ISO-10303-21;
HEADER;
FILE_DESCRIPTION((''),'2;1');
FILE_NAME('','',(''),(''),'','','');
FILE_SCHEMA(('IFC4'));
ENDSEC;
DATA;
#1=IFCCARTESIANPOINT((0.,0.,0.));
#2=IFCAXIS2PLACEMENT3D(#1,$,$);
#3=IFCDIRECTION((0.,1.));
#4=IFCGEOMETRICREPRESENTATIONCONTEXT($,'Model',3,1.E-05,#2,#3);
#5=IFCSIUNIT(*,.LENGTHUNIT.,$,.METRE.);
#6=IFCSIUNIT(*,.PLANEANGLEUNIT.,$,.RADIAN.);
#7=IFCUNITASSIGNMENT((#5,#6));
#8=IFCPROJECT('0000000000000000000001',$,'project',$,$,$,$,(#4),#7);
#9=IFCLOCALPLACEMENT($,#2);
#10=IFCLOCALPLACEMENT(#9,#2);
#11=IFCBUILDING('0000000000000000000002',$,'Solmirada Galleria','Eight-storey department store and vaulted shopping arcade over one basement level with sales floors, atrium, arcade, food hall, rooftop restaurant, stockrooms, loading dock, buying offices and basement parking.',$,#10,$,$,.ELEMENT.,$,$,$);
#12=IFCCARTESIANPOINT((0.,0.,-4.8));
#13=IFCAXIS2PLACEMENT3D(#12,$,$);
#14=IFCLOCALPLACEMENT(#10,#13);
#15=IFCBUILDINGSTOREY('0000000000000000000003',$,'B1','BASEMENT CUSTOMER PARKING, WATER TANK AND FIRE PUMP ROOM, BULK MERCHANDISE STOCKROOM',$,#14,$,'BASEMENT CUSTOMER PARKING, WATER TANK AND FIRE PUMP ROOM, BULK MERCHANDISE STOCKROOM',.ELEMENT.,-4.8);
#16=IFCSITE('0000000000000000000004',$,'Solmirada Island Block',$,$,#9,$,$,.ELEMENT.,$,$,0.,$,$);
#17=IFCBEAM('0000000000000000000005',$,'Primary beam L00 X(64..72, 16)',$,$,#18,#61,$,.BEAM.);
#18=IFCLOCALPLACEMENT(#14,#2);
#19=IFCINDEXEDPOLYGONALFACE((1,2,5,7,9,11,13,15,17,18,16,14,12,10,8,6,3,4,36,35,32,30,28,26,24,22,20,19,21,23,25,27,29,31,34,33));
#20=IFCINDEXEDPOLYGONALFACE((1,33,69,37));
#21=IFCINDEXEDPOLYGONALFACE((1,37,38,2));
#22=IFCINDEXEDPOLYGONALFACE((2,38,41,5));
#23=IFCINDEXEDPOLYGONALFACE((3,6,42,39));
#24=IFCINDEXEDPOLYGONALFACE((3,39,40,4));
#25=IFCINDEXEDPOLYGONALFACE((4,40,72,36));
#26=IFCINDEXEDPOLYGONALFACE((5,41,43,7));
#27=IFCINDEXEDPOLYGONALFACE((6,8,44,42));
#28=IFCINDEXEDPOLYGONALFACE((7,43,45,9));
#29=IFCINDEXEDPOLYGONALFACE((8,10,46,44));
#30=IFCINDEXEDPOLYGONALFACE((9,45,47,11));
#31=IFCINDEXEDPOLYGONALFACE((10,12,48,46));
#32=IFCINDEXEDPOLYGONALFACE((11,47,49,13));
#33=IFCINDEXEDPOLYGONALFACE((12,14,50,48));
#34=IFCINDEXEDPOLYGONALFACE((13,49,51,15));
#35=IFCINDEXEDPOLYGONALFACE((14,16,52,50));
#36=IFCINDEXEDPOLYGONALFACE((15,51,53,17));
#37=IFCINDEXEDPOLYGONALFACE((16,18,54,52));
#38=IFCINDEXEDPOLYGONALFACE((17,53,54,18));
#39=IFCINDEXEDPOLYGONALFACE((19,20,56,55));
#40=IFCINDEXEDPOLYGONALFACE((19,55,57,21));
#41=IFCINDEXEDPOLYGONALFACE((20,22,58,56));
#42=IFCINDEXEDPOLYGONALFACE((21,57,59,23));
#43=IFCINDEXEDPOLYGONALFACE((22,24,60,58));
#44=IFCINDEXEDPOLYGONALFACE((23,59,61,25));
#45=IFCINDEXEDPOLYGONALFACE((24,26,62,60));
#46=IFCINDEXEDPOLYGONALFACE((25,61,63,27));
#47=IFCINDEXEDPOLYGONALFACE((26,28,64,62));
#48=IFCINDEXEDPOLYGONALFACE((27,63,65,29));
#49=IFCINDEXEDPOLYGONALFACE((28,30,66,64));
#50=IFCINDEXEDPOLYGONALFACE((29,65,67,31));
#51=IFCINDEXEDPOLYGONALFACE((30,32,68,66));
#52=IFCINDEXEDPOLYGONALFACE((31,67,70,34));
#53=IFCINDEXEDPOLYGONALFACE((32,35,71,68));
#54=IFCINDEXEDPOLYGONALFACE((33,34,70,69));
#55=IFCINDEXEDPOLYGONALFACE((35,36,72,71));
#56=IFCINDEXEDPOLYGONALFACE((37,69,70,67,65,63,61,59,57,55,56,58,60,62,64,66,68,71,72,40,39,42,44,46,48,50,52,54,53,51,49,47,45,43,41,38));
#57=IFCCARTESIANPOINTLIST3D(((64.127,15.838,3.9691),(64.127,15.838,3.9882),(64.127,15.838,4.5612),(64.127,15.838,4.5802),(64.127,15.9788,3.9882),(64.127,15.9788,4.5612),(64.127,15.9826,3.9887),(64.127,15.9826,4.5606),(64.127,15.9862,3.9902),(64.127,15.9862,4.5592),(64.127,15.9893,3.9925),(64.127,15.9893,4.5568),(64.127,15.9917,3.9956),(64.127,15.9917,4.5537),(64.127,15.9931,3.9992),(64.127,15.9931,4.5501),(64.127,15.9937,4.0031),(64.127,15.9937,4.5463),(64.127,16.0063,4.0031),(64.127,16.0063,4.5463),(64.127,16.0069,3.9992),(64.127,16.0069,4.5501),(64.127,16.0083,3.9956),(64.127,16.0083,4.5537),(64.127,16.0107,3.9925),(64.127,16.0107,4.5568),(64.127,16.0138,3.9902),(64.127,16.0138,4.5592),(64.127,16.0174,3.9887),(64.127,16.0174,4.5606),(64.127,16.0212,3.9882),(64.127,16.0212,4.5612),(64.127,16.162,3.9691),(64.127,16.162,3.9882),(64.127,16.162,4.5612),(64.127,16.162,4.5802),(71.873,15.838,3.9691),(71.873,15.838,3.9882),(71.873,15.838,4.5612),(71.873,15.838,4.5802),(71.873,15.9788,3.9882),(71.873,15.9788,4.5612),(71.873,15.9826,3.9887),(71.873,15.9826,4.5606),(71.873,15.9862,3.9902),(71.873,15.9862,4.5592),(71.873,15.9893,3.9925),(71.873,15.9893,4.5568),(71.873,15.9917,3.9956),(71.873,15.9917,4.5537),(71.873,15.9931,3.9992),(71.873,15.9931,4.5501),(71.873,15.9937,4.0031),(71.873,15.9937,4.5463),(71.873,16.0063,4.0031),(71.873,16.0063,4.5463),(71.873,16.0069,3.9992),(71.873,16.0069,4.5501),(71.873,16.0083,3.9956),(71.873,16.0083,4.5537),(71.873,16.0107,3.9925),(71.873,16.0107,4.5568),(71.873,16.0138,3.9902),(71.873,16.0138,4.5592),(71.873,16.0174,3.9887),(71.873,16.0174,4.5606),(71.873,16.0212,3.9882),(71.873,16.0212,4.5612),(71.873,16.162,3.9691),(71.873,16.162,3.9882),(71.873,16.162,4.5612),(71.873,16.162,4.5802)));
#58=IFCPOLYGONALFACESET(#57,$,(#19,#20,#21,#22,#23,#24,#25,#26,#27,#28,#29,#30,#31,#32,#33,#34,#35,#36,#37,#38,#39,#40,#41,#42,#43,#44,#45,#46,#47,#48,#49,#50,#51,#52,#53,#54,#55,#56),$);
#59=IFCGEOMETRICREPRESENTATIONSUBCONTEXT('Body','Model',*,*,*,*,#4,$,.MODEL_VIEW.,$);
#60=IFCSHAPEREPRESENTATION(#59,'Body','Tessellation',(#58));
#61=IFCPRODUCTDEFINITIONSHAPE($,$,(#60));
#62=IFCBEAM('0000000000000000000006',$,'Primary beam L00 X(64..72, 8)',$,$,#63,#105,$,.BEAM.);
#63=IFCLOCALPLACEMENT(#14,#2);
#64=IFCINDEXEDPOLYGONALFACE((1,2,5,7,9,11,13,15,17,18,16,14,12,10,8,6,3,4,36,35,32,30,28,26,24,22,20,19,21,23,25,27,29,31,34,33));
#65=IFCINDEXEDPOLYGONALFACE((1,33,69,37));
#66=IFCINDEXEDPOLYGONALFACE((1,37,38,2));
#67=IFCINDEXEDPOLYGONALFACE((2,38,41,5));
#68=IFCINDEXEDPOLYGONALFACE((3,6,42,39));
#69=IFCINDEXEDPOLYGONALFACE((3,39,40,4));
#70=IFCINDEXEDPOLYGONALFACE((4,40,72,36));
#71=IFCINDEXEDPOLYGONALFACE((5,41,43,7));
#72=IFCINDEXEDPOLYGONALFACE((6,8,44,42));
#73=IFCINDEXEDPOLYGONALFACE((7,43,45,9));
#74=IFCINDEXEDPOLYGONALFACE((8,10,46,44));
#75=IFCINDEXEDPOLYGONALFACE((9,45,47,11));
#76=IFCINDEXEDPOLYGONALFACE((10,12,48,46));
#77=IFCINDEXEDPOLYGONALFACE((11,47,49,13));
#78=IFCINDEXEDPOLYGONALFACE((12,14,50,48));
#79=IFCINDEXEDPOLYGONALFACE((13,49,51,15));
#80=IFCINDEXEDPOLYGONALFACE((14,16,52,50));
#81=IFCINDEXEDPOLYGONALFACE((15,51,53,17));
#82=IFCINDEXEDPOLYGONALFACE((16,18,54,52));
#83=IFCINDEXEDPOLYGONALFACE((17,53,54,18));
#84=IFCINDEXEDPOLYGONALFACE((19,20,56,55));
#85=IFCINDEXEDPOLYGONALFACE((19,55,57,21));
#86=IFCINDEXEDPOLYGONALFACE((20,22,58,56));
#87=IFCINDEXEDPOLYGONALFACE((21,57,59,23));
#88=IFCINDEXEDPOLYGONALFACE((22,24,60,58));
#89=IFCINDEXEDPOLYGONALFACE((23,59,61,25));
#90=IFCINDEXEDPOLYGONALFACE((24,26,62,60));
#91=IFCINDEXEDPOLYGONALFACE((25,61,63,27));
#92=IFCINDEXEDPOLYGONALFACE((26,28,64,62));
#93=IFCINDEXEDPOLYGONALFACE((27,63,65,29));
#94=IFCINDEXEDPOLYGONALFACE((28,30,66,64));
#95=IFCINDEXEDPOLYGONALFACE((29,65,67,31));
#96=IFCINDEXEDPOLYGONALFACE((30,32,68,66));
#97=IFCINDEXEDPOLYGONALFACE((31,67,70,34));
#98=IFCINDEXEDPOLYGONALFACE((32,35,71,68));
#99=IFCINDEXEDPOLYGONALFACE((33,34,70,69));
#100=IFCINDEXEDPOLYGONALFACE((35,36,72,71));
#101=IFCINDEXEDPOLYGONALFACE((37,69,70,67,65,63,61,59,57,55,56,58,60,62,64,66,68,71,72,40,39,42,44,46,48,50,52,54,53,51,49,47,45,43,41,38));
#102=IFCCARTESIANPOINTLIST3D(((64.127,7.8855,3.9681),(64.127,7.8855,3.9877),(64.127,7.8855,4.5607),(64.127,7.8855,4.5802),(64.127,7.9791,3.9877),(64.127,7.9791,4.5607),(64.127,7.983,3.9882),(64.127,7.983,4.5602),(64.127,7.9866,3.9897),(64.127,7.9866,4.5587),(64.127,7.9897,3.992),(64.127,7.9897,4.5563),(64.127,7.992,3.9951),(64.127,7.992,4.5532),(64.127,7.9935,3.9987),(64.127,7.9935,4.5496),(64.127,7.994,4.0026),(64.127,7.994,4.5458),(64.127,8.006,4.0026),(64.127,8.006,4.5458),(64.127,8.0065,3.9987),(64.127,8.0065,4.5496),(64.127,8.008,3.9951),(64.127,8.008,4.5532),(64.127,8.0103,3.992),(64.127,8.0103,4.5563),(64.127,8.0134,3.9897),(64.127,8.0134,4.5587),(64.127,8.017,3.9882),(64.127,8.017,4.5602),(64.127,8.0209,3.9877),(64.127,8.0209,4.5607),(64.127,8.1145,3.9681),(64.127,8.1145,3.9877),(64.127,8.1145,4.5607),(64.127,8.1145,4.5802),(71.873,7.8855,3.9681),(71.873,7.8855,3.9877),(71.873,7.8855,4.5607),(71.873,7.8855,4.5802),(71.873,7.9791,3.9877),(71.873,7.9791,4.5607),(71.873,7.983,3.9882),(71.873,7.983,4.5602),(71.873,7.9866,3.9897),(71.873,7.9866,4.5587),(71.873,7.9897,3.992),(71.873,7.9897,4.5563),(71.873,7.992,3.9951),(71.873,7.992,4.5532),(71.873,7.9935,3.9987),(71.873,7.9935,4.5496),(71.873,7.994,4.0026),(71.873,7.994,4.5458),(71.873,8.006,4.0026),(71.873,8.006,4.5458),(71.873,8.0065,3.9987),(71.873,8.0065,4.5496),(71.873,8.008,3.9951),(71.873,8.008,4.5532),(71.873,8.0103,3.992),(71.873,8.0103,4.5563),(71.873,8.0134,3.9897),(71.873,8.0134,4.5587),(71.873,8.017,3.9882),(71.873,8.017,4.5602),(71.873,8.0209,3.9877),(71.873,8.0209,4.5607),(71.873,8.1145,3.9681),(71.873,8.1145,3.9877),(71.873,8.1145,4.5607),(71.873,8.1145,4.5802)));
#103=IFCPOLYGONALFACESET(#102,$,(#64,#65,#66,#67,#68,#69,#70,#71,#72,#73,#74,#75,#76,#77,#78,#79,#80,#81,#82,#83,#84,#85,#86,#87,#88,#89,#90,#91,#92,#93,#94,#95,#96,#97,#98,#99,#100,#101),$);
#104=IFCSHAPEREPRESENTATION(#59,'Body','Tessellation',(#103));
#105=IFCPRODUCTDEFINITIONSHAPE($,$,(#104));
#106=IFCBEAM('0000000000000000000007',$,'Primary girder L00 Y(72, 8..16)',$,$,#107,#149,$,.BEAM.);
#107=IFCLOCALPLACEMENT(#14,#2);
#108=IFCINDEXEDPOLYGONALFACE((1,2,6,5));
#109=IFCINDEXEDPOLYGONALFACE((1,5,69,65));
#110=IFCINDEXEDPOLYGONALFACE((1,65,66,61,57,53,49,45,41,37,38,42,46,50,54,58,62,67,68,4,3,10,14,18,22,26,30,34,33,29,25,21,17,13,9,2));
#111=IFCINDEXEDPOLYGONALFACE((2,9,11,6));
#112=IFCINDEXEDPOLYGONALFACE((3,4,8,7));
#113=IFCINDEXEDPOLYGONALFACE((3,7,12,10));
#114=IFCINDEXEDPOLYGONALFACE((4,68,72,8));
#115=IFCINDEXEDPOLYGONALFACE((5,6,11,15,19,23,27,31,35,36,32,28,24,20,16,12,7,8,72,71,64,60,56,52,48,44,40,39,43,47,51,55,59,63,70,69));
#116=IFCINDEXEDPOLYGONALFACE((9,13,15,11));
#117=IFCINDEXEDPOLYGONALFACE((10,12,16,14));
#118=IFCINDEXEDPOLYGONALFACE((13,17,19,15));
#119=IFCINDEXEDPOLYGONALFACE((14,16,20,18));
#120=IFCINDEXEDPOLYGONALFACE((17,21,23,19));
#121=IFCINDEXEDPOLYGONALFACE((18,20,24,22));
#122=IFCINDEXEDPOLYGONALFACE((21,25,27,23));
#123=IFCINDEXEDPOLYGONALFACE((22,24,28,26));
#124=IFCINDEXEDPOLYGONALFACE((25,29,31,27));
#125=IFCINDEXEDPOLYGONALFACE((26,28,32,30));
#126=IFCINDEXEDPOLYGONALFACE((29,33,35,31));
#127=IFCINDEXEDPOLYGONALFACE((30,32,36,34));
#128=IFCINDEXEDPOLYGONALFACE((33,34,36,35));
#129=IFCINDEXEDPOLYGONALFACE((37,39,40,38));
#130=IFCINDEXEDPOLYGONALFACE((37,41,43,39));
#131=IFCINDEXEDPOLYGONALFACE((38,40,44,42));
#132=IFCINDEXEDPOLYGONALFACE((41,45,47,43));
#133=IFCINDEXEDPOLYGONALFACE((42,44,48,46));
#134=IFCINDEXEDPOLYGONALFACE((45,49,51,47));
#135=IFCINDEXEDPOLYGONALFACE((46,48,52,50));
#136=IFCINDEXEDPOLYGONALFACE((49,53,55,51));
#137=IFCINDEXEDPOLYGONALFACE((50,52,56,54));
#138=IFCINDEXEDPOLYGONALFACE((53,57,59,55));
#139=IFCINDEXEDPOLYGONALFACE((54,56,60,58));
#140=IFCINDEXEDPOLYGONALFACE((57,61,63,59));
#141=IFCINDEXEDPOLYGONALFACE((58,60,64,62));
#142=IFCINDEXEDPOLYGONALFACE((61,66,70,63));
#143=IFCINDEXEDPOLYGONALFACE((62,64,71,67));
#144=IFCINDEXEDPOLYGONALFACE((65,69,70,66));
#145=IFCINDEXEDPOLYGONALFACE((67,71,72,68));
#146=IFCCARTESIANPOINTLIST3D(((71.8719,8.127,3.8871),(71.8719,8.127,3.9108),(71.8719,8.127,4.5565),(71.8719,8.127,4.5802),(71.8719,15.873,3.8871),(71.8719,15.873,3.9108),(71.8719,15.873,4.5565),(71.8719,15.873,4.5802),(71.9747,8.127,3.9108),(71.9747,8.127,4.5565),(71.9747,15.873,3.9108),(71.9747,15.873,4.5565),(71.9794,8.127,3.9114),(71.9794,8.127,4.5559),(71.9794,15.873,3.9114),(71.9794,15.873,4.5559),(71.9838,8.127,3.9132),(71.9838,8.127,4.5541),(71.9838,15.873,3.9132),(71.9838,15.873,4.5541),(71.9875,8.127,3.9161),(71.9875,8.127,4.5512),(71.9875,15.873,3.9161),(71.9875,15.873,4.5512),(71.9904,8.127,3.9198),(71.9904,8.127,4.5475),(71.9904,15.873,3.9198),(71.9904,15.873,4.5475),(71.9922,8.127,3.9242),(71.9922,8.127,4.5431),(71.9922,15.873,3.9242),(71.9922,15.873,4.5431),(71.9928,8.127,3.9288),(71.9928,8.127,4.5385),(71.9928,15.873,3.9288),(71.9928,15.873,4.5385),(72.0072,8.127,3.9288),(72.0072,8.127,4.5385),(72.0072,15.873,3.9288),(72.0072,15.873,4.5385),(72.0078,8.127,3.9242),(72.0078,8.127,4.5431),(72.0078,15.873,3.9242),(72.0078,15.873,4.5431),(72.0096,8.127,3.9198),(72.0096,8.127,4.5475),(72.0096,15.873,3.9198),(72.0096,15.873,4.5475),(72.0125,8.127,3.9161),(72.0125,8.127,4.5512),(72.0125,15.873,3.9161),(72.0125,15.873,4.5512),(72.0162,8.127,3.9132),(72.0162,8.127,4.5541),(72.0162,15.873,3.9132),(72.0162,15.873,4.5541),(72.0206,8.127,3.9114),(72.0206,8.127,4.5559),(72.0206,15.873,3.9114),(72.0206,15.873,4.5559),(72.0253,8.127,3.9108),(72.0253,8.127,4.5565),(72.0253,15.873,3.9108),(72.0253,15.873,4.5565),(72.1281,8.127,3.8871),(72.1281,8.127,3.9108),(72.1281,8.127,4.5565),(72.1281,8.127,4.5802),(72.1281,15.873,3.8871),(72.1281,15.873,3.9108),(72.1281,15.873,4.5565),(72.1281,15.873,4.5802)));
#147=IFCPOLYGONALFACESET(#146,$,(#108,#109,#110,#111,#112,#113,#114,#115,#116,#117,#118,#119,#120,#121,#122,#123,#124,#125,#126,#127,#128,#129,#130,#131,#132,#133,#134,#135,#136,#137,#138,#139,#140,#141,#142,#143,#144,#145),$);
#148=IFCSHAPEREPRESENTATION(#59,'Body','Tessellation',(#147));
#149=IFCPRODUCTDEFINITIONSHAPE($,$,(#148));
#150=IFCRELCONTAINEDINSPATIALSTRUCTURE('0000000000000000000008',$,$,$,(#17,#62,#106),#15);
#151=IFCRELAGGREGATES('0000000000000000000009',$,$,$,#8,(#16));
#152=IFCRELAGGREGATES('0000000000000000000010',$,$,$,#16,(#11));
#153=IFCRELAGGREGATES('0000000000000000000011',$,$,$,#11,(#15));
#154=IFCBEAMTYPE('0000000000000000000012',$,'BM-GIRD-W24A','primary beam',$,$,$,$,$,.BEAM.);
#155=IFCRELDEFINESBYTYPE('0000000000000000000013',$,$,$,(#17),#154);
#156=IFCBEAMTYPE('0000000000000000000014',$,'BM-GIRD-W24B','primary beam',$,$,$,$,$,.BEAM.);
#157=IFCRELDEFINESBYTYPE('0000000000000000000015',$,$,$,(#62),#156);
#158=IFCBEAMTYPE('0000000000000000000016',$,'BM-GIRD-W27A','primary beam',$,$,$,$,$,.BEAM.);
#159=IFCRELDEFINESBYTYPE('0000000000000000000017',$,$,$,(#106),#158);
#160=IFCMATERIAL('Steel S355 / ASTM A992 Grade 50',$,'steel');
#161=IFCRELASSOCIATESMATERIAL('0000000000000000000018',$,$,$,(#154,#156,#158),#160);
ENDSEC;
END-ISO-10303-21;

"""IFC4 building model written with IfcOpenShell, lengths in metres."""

from ifc_helpers import new_model, si_unit, direction, frame, origin, origin_2d, place, context, subcontext, project, spatial, i_section, extrude, material, material_profile, profile_set, type_object, element, save


model = new_model("IFC4")

# Units and contexts
model_context = context("Model", 3, precision=1e-05, world=origin(), true_north=direction((0.0, 1.0)))
body_context = subcontext(model_context, "Body", "Model", "MODEL_VIEW")
ifc_project = project(units=[si_unit("LENGTHUNIT", "METRE"), si_unit("PLANEANGLEUNIT", "RADIAN")], contexts=[model_context])

# Site, building, storey
site_placement = place(None, origin())
site = spatial("IfcSite", under=ifc_project, at=site_placement, Name="Solmirada Island Block", CompositionType="ELEMENT", RefElevation=0.0)
building_placement = place(site_placement, origin())
building = spatial("IfcBuilding", under=site, at=building_placement, Name="Solmirada Galleria", Description="Eight-storey department store and vaulted shopping arcade over one basement level with sales floors, atrium, arcade, food hall, rooftop restaurant, stockrooms, loading dock, buying offices and basement parking.", CompositionType="ELEMENT")
storey_placement = place(building_placement, frame((0.0, 0.0, -4.8)))
storey = spatial("IfcBuildingStorey", under=building, at=storey_placement, Name="B1", Description="BASEMENT CUSTOMER PARKING, WATER TANK AND FIRE PUMP ROOM, BULK MERCHANDISE STOCKROOM", LongName="BASEMENT CUSTOMER PARKING, WATER TANK AND FIRE PUMP ROOM, BULK MERCHANDISE STOCKROOM", CompositionType="ELEMENT", Elevation=-4.8)

# Beams
ifc_material_1 = material(Name="Steel S355 / ASTM A992 Grade 50", Category="steel")
ifc_material_profile_1 = material_profile(ifc_material_1, i_section(OverallWidth=0.324, OverallDepth=0.6111, WebThickness=0.0127, FlangeThickness=0.019, FilletRadius=0.0149, at=origin_2d()), Name="W24X104")
ifc_profile_set_1 = profile_set([ifc_material_profile_1], Name="Steel S355 / ASTM A992 Grade 50")
beam_type_1 = type_object("IfcBeamType", Name="BM-GIRD-W24A", Description="primary beam", PredefinedType="BEAM", material=ifc_profile_set_1)
beam_1_placement = place(storey_placement, frame((64.127, 16.0, 4.2747), z_axis=(1.0, 0.0, 0.0), x_axis=(0.0, 1.0, 0.0)))
element("IfcBeam", 1, at=beam_1_placement, inside=storey, type_object=beam_type_1, Name="Primary beam L00 X(64..72, 16)", PredefinedType="BEAM", context=body_context, shape_type="SweptSolid", body=[
    extrude(i_section(OverallWidth=0.324, OverallDepth=0.6111, WebThickness=0.0127, FlangeThickness=0.019, FilletRadius=0.0149, at=origin_2d()), origin(), (0.0, 0.0, 1.0), 7.7461),
])
ifc_material_profile_2 = material_profile(ifc_material_1, i_section(OverallWidth=0.229, OverallDepth=0.6121, WebThickness=0.012, FlangeThickness=0.0195, FilletRadius=0.0149, at=origin_2d()), Name="W24X84")
ifc_profile_set_2 = profile_set([ifc_material_profile_2], Name="Steel S355 / ASTM A992 Grade 50")
beam_type_2 = type_object("IfcBeamType", Name="BM-GIRD-W24B", Description="primary beam", PredefinedType="BEAM", material=ifc_profile_set_2)
beam_2_placement = place(storey_placement, frame((64.127, 8.0, 4.2742), z_axis=(1.0, 0.0, 0.0), x_axis=(0.0, 1.0, 0.0)))
element("IfcBeam", 2, at=beam_2_placement, inside=storey, type_object=beam_type_2, Name="Primary beam L00 X(64..72, 8)", PredefinedType="BEAM", context=body_context, shape_type="SweptSolid", body=[
    extrude(i_section(OverallWidth=0.229, OverallDepth=0.6121, WebThickness=0.012, FlangeThickness=0.0195, FilletRadius=0.0149, at=origin_2d()), origin(), (0.0, 0.0, 1.0), 7.7461),
])
ifc_material_profile_3 = material_profile(ifc_material_1, i_section(OverallWidth=0.2561, OverallDepth=0.6931, WebThickness=0.0144, FlangeThickness=0.0237, FilletRadius=0.0181, at=origin_2d()), Name="W27X114")
ifc_profile_set_3 = profile_set([ifc_material_profile_3], Name="Steel S355 / ASTM A992 Grade 50")
beam_type_3 = type_object("IfcBeamType", Name="BM-GIRD-W27A", Description="primary beam", PredefinedType="BEAM", material=ifc_profile_set_3)
beam_3_placement = place(storey_placement, frame((72.0, 8.127, 4.2336), z_axis=(0.0, 1.0, 0.0), x_axis=(-1.0, 0.0, 0.0)))
element("IfcBeam", 3, at=beam_3_placement, inside=storey, type_object=beam_type_3, Name="Primary girder L00 Y(72, 8..16)", PredefinedType="BEAM", context=body_context, shape_type="SweptSolid", body=[
    extrude(i_section(OverallWidth=0.2561, OverallDepth=0.6931, WebThickness=0.0144, FlangeThickness=0.0237, FilletRadius=0.0181, at=origin_2d()), origin(), (0.0, 0.0, 1.0), 7.7461),
])

save(model, "model.ifc")
